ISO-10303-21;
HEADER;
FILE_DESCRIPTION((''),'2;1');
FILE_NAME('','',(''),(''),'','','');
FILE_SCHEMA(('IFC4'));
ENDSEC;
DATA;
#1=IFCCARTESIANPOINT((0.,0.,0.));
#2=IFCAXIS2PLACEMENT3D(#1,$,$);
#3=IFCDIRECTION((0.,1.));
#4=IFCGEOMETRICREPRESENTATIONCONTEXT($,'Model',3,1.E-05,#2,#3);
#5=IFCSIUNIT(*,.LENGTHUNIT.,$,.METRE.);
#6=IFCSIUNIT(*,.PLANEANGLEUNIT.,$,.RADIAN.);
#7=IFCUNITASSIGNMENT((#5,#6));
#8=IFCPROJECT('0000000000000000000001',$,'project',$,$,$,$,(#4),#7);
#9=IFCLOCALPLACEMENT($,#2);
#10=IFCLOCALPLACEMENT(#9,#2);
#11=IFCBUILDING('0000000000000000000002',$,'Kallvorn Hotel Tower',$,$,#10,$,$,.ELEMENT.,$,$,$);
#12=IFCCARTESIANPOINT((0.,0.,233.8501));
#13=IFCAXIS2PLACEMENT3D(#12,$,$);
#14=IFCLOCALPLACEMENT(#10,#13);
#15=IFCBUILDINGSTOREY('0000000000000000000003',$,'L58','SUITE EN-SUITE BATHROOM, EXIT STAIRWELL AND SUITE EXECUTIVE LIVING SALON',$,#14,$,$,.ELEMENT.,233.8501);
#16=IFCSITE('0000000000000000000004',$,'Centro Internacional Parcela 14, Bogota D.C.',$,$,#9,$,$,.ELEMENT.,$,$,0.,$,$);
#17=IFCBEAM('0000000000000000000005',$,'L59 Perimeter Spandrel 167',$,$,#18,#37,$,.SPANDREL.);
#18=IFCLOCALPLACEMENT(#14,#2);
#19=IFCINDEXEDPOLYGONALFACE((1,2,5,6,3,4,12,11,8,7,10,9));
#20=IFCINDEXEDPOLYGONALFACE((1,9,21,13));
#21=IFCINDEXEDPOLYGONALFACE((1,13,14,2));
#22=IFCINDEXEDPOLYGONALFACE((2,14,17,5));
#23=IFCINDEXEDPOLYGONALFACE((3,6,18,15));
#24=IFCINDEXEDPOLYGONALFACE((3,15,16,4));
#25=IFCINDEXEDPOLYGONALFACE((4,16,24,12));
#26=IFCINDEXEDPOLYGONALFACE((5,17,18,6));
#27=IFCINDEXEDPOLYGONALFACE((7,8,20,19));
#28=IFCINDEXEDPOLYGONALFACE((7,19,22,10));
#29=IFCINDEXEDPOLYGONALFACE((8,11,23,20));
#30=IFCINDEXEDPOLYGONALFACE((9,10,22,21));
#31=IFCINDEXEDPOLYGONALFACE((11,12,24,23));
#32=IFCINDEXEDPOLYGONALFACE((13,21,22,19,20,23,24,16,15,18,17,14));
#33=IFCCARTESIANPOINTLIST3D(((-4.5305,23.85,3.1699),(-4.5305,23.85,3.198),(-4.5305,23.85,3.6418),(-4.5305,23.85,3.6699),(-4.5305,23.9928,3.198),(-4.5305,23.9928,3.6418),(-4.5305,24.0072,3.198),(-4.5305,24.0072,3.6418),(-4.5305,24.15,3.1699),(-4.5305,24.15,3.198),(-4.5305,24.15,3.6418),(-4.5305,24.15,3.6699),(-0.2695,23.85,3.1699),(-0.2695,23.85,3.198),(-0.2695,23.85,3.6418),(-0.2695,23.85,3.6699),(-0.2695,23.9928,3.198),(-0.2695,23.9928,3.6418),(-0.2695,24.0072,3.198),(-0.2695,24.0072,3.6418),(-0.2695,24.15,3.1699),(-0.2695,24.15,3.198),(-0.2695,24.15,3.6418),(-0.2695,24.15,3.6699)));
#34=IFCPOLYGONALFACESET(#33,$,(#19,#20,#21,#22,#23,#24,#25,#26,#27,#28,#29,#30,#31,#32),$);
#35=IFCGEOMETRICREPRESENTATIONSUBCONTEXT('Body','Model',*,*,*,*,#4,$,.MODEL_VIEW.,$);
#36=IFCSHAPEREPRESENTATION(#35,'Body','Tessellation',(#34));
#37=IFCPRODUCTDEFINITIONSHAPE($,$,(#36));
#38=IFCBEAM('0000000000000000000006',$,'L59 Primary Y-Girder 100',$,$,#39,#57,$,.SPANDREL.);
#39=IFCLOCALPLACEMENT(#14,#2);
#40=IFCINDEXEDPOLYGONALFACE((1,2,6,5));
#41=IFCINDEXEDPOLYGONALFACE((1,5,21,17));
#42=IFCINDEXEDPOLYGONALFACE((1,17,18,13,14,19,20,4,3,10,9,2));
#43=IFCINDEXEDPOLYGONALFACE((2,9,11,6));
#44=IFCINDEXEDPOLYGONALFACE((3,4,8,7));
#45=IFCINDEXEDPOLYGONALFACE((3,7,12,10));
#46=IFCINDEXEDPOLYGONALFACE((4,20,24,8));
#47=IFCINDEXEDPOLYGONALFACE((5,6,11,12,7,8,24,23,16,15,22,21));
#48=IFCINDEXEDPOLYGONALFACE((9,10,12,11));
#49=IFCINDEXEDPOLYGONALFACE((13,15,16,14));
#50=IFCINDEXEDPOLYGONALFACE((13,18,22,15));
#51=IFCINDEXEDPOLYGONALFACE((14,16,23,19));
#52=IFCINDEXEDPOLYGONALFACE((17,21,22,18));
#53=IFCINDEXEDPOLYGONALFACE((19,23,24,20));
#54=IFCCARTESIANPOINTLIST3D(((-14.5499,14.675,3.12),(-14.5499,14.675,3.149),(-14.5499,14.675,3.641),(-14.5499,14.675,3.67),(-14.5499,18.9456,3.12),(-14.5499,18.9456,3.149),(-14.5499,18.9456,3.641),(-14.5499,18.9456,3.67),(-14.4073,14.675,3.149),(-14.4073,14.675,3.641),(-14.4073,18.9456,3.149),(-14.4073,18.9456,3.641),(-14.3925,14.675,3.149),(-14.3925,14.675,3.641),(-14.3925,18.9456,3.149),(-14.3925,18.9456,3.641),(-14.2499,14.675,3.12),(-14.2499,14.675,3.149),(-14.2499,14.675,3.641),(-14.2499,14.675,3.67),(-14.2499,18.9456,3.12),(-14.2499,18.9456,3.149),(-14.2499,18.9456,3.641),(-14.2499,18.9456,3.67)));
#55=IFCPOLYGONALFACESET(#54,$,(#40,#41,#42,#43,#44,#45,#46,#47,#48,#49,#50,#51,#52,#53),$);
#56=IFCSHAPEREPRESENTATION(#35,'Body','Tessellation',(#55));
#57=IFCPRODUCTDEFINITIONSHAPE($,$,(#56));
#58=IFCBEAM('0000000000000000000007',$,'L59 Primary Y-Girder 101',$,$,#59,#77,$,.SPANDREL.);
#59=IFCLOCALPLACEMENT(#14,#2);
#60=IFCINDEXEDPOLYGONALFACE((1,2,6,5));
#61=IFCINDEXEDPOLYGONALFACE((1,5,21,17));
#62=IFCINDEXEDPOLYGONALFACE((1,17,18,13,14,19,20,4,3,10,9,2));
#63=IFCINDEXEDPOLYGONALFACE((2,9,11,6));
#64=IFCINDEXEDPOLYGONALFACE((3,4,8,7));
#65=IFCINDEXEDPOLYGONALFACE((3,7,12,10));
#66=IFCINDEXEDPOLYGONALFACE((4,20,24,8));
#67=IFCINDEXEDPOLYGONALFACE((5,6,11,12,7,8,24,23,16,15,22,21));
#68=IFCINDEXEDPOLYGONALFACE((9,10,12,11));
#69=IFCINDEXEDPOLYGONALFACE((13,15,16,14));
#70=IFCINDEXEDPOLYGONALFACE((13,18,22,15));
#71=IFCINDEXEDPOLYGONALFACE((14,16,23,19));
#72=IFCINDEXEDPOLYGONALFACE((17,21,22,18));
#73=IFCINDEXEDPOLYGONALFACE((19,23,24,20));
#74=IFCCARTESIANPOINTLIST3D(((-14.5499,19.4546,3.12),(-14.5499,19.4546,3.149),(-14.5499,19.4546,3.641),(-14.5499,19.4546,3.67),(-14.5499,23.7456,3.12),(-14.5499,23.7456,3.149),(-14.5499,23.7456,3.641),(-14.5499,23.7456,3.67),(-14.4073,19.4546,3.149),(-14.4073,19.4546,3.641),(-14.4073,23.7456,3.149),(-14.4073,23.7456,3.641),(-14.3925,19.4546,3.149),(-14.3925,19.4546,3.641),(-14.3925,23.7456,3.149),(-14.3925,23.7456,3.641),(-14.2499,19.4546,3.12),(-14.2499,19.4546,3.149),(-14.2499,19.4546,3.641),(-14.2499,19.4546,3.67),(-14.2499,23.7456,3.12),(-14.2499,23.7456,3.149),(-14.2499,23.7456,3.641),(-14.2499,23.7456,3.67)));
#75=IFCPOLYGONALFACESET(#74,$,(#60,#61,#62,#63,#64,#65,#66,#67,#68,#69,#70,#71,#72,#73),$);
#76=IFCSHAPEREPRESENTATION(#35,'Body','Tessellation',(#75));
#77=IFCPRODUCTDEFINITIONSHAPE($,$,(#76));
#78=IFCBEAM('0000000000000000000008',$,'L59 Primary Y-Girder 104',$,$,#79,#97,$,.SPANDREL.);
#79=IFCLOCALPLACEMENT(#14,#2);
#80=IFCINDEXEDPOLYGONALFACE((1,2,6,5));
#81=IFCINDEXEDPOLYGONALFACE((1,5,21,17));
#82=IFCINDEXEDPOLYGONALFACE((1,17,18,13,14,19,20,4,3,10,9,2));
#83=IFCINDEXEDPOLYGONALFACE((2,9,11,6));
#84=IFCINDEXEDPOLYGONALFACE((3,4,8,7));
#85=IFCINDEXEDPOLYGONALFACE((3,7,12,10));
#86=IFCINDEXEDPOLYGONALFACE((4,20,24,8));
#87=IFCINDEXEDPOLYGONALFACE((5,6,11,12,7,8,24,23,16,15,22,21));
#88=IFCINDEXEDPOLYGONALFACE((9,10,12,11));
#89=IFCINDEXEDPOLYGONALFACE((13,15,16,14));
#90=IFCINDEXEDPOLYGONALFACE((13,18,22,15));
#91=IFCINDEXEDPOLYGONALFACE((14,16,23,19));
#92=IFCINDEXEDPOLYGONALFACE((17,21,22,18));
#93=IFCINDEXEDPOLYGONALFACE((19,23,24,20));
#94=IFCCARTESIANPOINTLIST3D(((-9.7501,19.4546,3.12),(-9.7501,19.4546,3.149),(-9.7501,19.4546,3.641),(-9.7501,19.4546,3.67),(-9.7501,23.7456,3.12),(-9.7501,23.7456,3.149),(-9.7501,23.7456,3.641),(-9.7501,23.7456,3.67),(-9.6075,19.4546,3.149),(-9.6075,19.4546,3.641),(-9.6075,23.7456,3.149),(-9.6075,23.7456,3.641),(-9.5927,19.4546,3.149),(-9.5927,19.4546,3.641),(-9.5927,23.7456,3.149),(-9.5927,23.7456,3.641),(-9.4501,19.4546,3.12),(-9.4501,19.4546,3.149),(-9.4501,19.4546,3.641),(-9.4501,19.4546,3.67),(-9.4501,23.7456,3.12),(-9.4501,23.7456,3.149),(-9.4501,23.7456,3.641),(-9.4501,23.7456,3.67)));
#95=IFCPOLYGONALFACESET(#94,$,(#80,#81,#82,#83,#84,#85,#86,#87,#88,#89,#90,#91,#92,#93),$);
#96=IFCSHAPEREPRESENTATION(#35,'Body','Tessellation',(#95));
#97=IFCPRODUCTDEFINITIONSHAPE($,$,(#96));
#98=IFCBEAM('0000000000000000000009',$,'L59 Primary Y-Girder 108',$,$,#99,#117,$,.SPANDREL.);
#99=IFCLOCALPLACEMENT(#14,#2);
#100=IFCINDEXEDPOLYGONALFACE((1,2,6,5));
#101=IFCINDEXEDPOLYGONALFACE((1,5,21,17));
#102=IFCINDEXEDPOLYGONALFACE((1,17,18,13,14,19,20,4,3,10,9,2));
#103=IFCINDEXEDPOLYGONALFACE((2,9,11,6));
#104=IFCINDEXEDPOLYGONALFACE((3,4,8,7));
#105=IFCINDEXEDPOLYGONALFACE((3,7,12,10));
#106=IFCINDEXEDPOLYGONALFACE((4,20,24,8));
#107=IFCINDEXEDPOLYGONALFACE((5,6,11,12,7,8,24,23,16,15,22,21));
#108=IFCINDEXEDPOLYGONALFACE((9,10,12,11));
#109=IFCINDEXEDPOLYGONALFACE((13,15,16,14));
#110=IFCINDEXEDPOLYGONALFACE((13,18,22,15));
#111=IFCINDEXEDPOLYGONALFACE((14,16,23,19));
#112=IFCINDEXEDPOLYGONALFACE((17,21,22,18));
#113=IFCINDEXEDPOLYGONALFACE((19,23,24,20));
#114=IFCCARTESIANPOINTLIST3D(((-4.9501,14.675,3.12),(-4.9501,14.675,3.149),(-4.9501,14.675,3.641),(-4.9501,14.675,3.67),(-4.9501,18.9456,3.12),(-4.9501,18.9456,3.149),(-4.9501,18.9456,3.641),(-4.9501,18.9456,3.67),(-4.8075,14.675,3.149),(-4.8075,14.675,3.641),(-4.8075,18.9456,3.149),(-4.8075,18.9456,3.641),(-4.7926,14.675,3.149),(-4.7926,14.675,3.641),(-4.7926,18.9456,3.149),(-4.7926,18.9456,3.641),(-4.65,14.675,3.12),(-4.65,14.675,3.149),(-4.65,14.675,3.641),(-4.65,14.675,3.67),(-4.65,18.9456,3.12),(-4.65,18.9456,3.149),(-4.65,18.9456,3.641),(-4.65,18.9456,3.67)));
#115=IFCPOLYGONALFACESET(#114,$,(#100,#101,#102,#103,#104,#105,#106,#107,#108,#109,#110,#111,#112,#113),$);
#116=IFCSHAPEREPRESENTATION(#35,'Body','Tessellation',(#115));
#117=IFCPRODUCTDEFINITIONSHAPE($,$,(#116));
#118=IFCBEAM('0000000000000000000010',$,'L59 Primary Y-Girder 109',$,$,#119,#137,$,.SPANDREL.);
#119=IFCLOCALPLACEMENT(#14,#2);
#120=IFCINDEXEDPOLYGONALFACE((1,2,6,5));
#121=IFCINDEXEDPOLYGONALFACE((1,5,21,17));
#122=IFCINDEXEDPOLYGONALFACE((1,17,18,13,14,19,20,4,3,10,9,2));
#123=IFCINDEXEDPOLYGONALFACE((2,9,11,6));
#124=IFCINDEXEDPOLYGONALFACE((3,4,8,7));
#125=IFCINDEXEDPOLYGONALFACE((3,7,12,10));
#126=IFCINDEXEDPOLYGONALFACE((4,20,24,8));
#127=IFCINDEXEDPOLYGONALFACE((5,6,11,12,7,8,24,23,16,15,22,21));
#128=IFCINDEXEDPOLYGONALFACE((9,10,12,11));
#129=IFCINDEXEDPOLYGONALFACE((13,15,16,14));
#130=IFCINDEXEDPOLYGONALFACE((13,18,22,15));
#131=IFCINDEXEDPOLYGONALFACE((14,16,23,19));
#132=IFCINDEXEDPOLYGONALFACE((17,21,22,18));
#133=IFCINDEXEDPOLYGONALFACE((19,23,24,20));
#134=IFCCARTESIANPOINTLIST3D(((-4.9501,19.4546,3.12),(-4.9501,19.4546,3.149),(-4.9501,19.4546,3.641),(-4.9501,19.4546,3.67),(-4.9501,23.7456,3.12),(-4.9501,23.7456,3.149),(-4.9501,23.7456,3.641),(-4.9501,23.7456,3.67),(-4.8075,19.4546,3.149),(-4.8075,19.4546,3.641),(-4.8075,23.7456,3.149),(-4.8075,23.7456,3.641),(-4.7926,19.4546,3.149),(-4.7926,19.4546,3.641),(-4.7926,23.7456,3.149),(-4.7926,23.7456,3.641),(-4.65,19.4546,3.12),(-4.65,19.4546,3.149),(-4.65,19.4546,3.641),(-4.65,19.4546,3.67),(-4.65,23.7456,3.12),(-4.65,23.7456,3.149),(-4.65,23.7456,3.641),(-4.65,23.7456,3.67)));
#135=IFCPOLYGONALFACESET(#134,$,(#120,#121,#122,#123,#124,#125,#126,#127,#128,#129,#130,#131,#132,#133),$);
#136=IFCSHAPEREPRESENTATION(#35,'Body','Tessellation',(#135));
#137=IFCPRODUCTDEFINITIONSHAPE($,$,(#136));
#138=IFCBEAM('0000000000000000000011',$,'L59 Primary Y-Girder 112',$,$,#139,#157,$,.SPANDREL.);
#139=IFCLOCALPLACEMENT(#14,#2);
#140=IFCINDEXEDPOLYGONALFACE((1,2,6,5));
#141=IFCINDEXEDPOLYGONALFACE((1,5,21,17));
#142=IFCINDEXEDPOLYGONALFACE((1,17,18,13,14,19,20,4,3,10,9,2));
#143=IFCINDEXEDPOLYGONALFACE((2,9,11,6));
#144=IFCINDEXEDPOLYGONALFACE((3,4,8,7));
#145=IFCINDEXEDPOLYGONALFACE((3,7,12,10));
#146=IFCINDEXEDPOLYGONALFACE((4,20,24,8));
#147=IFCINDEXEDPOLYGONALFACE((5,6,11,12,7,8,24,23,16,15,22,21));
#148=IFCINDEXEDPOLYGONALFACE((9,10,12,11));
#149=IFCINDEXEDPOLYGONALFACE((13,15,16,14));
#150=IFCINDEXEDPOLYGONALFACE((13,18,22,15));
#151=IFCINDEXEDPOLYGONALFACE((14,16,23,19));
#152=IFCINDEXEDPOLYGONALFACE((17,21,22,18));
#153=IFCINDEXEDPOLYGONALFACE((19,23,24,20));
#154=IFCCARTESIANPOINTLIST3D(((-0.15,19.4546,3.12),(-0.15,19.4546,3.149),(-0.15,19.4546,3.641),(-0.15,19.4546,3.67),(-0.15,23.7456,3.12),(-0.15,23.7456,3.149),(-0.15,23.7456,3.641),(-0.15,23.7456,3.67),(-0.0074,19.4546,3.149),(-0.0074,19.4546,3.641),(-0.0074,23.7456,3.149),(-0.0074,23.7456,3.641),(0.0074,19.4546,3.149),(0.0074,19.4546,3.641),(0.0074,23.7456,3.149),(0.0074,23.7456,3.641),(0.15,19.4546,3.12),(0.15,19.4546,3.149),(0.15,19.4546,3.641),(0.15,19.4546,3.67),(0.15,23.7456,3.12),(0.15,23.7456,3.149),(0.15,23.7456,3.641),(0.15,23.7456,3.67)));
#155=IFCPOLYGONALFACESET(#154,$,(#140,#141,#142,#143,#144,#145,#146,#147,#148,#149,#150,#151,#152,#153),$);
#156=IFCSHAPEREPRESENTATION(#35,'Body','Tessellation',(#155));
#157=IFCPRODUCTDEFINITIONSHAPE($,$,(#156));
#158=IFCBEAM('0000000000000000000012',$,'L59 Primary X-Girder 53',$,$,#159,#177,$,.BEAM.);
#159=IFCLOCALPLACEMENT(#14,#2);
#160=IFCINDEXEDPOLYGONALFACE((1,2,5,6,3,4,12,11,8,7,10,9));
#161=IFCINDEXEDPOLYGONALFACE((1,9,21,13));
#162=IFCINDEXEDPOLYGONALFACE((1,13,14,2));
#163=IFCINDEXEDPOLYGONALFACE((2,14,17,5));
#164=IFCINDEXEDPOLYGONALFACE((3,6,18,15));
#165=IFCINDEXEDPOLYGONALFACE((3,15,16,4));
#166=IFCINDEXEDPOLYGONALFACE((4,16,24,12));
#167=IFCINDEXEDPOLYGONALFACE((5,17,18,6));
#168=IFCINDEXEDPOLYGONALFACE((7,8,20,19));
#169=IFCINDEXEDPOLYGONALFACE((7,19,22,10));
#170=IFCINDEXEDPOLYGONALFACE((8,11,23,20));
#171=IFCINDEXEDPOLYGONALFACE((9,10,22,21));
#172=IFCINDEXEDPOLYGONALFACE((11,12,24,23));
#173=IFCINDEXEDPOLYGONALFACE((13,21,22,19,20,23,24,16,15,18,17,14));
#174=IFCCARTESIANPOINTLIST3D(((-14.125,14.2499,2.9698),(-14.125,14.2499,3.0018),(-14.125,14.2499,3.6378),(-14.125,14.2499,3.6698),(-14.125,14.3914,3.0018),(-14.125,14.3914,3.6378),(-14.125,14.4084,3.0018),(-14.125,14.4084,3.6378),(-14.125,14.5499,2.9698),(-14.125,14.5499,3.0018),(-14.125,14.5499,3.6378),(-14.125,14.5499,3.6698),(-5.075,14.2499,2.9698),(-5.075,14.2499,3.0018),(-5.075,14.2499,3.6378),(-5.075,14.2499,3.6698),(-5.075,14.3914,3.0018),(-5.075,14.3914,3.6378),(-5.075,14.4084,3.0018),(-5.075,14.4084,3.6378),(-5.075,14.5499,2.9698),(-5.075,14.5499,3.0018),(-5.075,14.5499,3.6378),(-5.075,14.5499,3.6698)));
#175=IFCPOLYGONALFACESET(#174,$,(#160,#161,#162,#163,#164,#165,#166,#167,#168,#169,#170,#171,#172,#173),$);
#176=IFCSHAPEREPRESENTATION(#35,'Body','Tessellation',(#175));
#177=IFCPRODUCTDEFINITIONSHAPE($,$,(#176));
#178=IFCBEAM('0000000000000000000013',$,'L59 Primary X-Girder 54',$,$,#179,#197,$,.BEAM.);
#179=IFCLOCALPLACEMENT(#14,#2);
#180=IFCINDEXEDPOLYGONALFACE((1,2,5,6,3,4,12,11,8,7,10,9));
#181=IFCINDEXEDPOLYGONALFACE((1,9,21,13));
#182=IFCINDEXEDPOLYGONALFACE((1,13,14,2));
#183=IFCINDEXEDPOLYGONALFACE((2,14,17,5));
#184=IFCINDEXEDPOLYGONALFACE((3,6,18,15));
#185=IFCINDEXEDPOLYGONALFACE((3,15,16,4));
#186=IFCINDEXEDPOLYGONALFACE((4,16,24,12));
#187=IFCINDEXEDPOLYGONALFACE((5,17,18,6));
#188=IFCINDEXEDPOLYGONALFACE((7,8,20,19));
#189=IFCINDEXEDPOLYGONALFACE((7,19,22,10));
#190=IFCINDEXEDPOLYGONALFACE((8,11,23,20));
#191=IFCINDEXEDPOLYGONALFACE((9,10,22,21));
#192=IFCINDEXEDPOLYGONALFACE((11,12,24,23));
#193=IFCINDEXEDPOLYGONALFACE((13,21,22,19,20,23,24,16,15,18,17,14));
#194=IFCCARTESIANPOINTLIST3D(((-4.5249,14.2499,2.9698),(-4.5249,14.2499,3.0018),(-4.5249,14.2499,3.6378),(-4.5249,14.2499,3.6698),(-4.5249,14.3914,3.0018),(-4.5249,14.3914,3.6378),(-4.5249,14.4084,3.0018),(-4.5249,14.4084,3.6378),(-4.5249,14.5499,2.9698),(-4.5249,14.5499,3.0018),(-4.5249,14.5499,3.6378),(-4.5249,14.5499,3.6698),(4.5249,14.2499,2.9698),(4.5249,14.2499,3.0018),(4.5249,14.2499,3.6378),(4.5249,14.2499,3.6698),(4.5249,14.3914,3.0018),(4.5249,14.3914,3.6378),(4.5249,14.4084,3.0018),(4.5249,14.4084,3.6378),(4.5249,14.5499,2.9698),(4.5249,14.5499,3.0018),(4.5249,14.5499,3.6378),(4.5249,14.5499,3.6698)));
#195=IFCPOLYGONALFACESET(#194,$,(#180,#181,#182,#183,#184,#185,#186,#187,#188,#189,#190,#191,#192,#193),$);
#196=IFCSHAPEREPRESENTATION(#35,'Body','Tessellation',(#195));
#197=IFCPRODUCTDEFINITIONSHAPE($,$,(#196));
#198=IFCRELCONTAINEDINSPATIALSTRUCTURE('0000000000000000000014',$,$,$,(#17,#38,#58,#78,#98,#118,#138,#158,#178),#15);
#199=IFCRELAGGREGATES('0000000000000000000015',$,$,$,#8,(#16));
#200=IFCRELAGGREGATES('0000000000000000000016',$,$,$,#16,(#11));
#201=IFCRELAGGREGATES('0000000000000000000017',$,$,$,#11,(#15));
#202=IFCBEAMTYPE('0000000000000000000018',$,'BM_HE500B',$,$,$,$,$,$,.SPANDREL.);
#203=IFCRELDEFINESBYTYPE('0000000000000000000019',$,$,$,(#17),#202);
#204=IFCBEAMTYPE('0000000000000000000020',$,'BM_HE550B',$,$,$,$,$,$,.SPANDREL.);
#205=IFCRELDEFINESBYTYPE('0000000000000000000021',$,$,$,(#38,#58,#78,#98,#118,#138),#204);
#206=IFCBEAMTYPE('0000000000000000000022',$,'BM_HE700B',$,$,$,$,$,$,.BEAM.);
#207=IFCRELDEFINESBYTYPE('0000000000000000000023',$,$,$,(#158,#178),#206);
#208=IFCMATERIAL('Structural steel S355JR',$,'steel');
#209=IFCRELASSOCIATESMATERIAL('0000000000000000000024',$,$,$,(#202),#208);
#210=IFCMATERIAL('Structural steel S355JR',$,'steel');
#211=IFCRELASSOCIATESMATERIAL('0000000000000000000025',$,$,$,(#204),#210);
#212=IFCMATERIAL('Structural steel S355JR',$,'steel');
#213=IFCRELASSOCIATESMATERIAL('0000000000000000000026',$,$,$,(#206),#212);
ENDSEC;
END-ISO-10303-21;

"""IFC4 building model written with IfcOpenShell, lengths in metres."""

from ifc_helpers import new_model, si_unit, direction, frame, origin, origin_2d, place, context, subcontext, project, spatial, i_section, extrude, material, material_profile, profile_set, type_object, element, save


model = new_model("IFC4")

# Units and contexts
model_context = context("Model", 3, precision=1e-05, world=origin(), true_north=direction((0.0, 1.0)))
body_context = subcontext(model_context, "Body", "Model", "MODEL_VIEW")
ifc_project = project(units=[si_unit("LENGTHUNIT", "METRE"), si_unit("PLANEANGLEUNIT", "RADIAN")], contexts=[model_context])

# Site, building, storey
site_placement = place(None, origin())
site = spatial("IfcSite", under=ifc_project, at=site_placement, Name="Centro Internacional Parcela 14, Bogota D.C.", CompositionType="ELEMENT", RefElevation=0.0)
building_placement = place(site_placement, origin())
building = spatial("IfcBuilding", under=site, at=building_placement, Name="Kallvorn Hotel Tower", CompositionType="ELEMENT")
storey_placement = place(building_placement, frame((0.0, 0.0, 233.8501)))
storey = spatial("IfcBuildingStorey", under=building, at=storey_placement, Name="L58", Description="SUITE EN-SUITE BATHROOM, EXIT STAIRWELL AND SUITE EXECUTIVE LIVING SALON", CompositionType="ELEMENT", Elevation=233.8501)

# Beams
ifc_material_1 = material(Name="Structural steel S355JR", Category="steel")
ifc_material_profile_1 = material_profile(ifc_material_1, i_section(OverallWidth=0.3, OverallDepth=0.5, WebThickness=0.0144, FlangeThickness=0.0281, at=origin_2d()), Name="HE 500 B")
ifc_profile_set_1 = profile_set([ifc_material_profile_1], Name="Structural steel S355JR")
beam_type_1 = type_object("IfcBeamType", Name="BM_HE500B", PredefinedType="SPANDREL", material=ifc_profile_set_1)
for number, where, z_axis, x_axis, name in (
    (1, (-4.5305, 24.0, 3.4199), (1.0, 0.0, 0.0), (0.0, 1.0, 0.0), "L59 Perimeter Spandrel 167"),
):
    element("IfcBeam", number, at=place(storey_placement, frame(where, z_axis=z_axis, x_axis=x_axis)), inside=storey, type_object=beam_type_1, Name=name, PredefinedType="SPANDREL", context=body_context, shape_type="SweptSolid", body=[
        extrude(i_section(OverallWidth=0.3, OverallDepth=0.5, WebThickness=0.0144, FlangeThickness=0.0281, at=origin_2d()), origin(), (0.0, 0.0, 1.0), 4.261),
    ])
ifc_material_2 = material(Name="Structural steel S355JR", Category="steel")
ifc_material_profile_2 = material_profile(ifc_material_2, i_section(OverallWidth=0.3, OverallDepth=0.55, WebThickness=0.0149, FlangeThickness=0.0291, at=origin_2d()), Name="HE 550 B")
ifc_profile_set_2 = profile_set([ifc_material_profile_2], Name="Structural steel S355JR")
beam_type_2 = type_object("IfcBeamType", Name="BM_HE550B", PredefinedType="SPANDREL", material=ifc_profile_set_2)
beam_1_placement = place(storey_placement, frame((-14.3999, 14.675, 3.395), z_axis=(0.0, 1.0, 0.0), x_axis=(-1.0, 0.0, 0.0)))
element("IfcBeam", 2, at=beam_1_placement, inside=storey, type_object=beam_type_2, Name="L59 Primary Y-Girder 100", PredefinedType="SPANDREL", context=body_context, shape_type="SweptSolid", body=[
    extrude(i_section(OverallWidth=0.3, OverallDepth=0.55, WebThickness=0.0149, FlangeThickness=0.0291, at=origin_2d()), origin(), (0.0, 0.0, 1.0), 4.2705),
])
for number, where, z_axis, x_axis, name in (
    (3, (-14.3999, 19.4546, 3.395), (0.0, 1.0, 0.0), (-1.0, 0.0, 0.0), "L59 Primary Y-Girder 101"),
    (4, (-9.6001, 19.4546, 3.395), (0.0, 1.0, 0.0), (-1.0, 0.0, 0.0), "L59 Primary Y-Girder 104"),
):
    element("IfcBeam", number, at=place(storey_placement, frame(where, z_axis=z_axis, x_axis=x_axis)), inside=storey, type_object=beam_type_2, Name=name, PredefinedType="SPANDREL", context=body_context, shape_type="SweptSolid", body=[
        extrude(i_section(OverallWidth=0.3, OverallDepth=0.55, WebThickness=0.0149, FlangeThickness=0.0291, at=origin_2d()), origin(), (0.0, 0.0, 1.0), 4.291),
    ])
beam_2_placement = place(storey_placement, frame((-4.8, 14.675, 3.395), z_axis=(0.0, 1.0, 0.0), x_axis=(-1.0, 0.0, 0.0)))
element("IfcBeam", 5, at=beam_2_placement, inside=storey, type_object=beam_type_2, Name="L59 Primary Y-Girder 108", PredefinedType="SPANDREL", context=body_context, shape_type="SweptSolid", body=[
    extrude(i_section(OverallWidth=0.3, OverallDepth=0.55, WebThickness=0.0149, FlangeThickness=0.0291, at=origin_2d()), origin(), (0.0, 0.0, 1.0), 4.2705),
])
for number, where, z_axis, x_axis, name in (
    (6, (-4.8, 19.4546, 3.395), (0.0, 1.0, 0.0), (-1.0, 0.0, 0.0), "L59 Primary Y-Girder 109"),
    (7, (0.0, 19.4546, 3.395), (0.0, 1.0, 0.0), (-1.0, 0.0, 0.0), "L59 Primary Y-Girder 112"),
):
    element("IfcBeam", number, at=place(storey_placement, frame(where, z_axis=z_axis, x_axis=x_axis)), inside=storey, type_object=beam_type_2, Name=name, PredefinedType="SPANDREL", context=body_context, shape_type="SweptSolid", body=[
        extrude(i_section(OverallWidth=0.3, OverallDepth=0.55, WebThickness=0.0149, FlangeThickness=0.0291, at=origin_2d()), origin(), (0.0, 0.0, 1.0), 4.291),
    ])
ifc_material_3 = material(Name="Structural steel S355JR", Category="steel")
ifc_material_profile_3 = material_profile(ifc_material_3, i_section(OverallWidth=0.3, OverallDepth=0.7, WebThickness=0.0171, FlangeThickness=0.032, at=origin_2d()), Name="HE 700 B")
ifc_profile_set_3 = profile_set([ifc_material_profile_3], Name="Structural steel S355JR")
beam_type_3 = type_object("IfcBeamType", Name="BM_HE700B", PredefinedType="BEAM", material=ifc_profile_set_3)
beam_3_placement = place(storey_placement, frame((-14.125, 14.3999, 3.3198), z_axis=(1.0, 0.0, 0.0), x_axis=(0.0, 1.0, 0.0)))
element("IfcBeam", 8, at=beam_3_placement, inside=storey, type_object=beam_type_3, Name="L59 Primary X-Girder 53", PredefinedType="BEAM", context=body_context, shape_type="SweptSolid", body=[
    extrude(i_section(OverallWidth=0.3, OverallDepth=0.7, WebThickness=0.0171, FlangeThickness=0.032, at=origin_2d()), origin(), (0.0, 0.0, 1.0), 9.05),
])
beam_4_placement = place(storey_placement, frame((-4.5249, 14.3999, 3.3198), z_axis=(1.0, 0.0, 0.0), x_axis=(0.0, 1.0, 0.0)))
element("IfcBeam", 9, at=beam_4_placement, inside=storey, type_object=beam_type_3, Name="L59 Primary X-Girder 54", PredefinedType="BEAM", context=body_context, shape_type="SweptSolid", body=[
    extrude(i_section(OverallWidth=0.3, OverallDepth=0.7, WebThickness=0.0171, FlangeThickness=0.032, at=origin_2d()), origin(), (0.0, 0.0, 1.0), 9.0498),
])

save(model, "model.ifc")
